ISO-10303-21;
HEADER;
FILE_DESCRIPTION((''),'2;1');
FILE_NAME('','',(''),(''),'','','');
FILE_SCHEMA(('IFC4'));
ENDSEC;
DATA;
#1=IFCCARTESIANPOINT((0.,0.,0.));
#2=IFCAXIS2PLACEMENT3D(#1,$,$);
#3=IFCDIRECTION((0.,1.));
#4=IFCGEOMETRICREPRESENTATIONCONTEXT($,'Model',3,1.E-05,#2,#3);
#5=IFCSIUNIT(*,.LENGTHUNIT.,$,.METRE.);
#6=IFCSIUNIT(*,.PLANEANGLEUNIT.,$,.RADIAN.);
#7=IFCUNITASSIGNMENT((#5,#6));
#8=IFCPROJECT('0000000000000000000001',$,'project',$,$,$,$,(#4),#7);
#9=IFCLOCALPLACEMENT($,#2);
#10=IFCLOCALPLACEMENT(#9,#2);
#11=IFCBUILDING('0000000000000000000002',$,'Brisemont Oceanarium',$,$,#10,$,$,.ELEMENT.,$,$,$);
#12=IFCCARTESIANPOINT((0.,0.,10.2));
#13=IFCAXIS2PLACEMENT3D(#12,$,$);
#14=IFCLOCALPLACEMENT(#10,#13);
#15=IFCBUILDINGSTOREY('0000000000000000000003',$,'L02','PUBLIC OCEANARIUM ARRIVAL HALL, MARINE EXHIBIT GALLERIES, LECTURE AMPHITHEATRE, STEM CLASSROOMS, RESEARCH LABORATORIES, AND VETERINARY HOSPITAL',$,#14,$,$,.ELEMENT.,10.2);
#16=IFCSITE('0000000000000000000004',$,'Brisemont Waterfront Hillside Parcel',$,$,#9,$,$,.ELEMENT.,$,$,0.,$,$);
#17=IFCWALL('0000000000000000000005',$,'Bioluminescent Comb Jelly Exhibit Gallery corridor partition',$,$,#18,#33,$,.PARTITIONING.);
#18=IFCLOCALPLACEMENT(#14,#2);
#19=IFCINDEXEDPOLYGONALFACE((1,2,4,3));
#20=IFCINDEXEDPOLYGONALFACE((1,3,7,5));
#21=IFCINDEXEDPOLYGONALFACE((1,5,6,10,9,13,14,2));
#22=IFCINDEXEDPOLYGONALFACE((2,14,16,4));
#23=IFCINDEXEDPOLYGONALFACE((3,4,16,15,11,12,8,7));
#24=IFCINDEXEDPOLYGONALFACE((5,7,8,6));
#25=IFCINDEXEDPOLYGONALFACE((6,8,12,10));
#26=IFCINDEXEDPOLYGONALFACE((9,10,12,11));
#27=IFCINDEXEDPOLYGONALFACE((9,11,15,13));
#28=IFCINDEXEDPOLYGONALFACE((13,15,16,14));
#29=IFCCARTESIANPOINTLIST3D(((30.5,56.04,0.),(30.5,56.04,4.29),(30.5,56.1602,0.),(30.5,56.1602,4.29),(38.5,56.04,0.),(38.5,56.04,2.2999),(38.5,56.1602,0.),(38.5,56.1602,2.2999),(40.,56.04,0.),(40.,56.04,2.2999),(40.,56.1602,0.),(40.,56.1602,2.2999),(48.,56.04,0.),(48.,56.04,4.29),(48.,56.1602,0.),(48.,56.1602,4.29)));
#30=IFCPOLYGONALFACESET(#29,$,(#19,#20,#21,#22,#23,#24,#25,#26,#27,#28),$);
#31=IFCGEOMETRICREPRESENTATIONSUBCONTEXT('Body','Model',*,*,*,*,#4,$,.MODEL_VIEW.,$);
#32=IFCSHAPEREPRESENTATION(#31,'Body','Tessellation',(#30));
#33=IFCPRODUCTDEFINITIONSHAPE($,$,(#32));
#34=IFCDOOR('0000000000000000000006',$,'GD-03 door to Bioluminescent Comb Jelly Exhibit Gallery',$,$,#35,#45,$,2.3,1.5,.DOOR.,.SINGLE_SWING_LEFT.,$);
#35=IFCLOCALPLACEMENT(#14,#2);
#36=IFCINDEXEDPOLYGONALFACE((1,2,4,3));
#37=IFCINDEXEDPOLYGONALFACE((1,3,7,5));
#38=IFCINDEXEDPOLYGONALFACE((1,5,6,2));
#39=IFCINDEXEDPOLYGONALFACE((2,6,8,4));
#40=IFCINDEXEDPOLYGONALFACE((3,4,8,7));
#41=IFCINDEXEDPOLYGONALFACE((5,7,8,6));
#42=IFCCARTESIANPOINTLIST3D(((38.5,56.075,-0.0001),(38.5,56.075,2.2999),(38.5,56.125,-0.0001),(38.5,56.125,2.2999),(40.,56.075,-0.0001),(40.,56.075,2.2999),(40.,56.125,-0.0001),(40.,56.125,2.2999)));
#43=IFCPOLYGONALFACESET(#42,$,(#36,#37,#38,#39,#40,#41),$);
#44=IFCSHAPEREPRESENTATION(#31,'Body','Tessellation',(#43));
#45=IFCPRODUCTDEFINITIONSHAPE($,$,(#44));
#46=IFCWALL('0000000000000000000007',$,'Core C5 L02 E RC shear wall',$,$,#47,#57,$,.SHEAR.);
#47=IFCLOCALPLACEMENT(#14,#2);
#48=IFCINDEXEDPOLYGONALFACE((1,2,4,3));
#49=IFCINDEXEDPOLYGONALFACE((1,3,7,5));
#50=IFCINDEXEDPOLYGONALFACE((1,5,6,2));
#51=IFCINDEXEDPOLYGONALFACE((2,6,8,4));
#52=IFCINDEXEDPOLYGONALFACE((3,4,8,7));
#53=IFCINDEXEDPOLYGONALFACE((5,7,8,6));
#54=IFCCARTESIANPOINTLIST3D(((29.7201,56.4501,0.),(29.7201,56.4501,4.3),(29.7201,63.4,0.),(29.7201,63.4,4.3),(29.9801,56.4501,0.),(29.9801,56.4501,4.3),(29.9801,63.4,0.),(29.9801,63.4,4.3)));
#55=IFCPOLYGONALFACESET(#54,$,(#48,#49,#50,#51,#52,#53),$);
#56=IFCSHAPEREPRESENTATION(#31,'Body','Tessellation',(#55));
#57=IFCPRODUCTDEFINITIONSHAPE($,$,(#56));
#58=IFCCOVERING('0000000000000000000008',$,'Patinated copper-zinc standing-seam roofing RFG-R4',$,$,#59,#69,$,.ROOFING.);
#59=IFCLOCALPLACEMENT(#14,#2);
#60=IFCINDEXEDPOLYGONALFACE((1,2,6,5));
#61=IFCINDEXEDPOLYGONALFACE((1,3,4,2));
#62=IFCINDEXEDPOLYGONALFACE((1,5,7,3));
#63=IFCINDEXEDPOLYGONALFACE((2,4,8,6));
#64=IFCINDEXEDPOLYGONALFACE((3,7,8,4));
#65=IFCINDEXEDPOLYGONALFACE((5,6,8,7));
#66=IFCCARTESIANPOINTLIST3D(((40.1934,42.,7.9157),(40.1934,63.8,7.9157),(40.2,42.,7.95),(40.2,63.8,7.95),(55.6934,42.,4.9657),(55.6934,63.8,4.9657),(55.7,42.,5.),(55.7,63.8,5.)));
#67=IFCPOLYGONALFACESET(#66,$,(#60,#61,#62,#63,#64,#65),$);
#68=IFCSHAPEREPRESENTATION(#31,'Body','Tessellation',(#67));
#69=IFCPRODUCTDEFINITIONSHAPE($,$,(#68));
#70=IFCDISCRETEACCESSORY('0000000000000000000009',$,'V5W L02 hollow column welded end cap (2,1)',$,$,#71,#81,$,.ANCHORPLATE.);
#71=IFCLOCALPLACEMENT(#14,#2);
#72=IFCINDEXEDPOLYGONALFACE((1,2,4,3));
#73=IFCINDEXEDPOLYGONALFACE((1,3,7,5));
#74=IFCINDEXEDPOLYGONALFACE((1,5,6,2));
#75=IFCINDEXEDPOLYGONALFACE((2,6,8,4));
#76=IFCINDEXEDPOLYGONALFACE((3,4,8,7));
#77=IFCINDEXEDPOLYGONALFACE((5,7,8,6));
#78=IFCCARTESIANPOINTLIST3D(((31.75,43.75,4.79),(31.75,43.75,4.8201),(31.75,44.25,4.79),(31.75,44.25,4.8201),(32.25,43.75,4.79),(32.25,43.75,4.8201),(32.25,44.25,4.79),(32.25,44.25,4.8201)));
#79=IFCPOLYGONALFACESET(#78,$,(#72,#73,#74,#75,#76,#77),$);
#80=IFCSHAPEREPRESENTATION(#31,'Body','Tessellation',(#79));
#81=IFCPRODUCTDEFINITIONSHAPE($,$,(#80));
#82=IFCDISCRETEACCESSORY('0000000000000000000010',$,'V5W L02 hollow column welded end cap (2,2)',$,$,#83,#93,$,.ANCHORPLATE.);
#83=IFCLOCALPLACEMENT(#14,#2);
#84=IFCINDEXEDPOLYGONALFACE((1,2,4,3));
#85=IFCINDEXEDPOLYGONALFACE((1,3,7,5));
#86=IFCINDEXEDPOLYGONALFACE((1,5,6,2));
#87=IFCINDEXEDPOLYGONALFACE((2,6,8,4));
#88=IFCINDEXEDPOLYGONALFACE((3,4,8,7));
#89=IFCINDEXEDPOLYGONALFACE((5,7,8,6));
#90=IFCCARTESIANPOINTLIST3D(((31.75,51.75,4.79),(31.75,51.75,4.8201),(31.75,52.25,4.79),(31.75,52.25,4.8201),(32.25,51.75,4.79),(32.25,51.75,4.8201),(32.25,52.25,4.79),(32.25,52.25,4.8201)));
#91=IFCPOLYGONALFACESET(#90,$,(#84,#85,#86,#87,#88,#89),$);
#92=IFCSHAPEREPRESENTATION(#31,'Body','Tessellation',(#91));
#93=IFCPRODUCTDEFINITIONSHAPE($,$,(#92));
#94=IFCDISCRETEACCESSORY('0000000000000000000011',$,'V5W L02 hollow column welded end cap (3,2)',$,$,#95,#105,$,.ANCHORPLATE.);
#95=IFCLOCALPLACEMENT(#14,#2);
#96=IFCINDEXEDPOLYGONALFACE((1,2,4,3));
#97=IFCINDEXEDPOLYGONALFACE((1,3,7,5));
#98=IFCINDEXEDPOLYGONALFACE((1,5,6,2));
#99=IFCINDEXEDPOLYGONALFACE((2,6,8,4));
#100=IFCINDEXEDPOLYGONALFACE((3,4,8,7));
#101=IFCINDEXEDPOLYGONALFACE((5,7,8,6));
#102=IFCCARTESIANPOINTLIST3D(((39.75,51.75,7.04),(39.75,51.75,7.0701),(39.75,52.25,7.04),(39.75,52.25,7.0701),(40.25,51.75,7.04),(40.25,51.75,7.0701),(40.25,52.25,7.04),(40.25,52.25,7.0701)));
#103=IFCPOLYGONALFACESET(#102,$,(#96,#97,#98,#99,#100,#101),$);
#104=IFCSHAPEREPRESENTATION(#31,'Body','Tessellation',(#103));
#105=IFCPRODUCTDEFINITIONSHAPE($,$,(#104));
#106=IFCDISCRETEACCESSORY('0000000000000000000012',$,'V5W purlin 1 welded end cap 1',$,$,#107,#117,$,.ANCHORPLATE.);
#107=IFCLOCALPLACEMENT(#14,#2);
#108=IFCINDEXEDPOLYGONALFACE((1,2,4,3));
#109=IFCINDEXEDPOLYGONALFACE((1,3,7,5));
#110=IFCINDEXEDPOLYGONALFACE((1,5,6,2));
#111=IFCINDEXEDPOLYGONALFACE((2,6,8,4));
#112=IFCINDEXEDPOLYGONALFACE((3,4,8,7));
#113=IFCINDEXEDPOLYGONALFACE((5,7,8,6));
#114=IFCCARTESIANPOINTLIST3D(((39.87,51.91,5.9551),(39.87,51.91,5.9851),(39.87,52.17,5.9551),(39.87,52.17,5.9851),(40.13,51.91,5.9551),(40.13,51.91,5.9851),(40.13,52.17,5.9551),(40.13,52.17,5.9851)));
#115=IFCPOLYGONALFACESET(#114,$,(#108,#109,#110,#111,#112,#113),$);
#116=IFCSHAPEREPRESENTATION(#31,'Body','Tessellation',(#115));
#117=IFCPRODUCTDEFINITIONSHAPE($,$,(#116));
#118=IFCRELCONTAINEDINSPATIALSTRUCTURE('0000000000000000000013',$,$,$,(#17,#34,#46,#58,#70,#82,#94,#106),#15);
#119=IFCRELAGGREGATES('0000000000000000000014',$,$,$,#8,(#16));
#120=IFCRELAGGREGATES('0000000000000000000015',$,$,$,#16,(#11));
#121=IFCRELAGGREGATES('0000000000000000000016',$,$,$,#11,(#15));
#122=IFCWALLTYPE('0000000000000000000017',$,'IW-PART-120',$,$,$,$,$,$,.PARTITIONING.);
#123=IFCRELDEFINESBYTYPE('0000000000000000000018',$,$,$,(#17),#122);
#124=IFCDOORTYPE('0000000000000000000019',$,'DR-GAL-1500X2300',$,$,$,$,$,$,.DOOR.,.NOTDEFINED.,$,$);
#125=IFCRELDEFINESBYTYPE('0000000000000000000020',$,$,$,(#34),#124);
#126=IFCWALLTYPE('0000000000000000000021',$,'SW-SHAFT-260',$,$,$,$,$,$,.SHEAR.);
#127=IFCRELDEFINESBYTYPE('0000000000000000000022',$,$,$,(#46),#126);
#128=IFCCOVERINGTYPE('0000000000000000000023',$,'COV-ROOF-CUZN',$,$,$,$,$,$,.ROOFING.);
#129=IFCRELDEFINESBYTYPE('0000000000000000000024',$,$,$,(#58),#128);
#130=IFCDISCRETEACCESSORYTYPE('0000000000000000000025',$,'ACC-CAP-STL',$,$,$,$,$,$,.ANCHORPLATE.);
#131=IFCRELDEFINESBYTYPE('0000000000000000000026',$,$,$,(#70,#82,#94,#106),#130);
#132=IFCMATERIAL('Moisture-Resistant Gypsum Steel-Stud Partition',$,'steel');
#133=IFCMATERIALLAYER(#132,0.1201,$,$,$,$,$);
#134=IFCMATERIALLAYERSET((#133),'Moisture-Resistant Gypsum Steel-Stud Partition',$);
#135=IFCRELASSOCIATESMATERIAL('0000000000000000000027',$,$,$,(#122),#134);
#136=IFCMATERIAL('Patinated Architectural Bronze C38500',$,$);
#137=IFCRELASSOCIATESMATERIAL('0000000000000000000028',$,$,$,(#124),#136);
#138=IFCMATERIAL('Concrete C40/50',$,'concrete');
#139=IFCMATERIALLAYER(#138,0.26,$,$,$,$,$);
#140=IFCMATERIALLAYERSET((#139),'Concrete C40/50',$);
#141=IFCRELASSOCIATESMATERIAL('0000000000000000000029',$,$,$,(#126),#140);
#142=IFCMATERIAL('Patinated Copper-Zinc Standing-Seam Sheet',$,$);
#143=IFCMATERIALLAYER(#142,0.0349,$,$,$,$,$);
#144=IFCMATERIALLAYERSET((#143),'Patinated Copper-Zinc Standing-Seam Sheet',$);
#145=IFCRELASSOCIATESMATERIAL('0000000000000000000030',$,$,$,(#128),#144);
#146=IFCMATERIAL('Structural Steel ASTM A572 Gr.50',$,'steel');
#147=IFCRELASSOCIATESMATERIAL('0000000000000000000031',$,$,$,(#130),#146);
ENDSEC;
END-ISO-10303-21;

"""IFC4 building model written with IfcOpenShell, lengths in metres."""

from ifc_helpers import new_model, si_unit, direction, frame, frame_2d, origin, origin_2d, place, context, subcontext, project, spatial, polyline, rectangle, outline, extrude, material, layer, layer_set, type_object, element, fill, save


model = new_model("IFC4")

# Units and contexts
model_context = context("Model", 3, precision=1e-05, world=origin(), true_north=direction((0.0, 1.0)))
body_context = subcontext(model_context, "Body", "Model", "MODEL_VIEW")
ifc_project = project(units=[si_unit("LENGTHUNIT", "METRE"), si_unit("PLANEANGLEUNIT", "RADIAN")], contexts=[model_context])

# Site, building, storey
site_placement = place(None, origin())
site = spatial("IfcSite", under=ifc_project, at=site_placement, Name="Brisemont Waterfront Hillside Parcel", CompositionType="ELEMENT", RefElevation=0.0)
building_placement = place(site_placement, origin())
building = spatial("IfcBuilding", under=site, at=building_placement, Name="Brisemont Oceanarium", CompositionType="ELEMENT")
storey_placement = place(building_placement, frame((0.0, 0.0, 10.2)))
storey = spatial("IfcBuildingStorey", under=building, at=storey_placement, Name="L02", Description="PUBLIC OCEANARIUM ARRIVAL HALL, MARINE EXHIBIT GALLERIES, LECTURE AMPHITHEATRE, STEM CLASSROOMS, RESEARCH LABORATORIES, AND VETERINARY HOSPITAL", CompositionType="ELEMENT", Elevation=10.2)

# Wall, opening, door
ifc_material_1 = material(Name="Moisture-Resistant Gypsum Steel-Stud Partition", Category="steel")
ifc_layer_1 = layer(ifc_material_1, 0.1201)
ifc_layer_set_1 = layer_set([ifc_layer_1], Name="Moisture-Resistant Gypsum Steel-Stud Partition")
wall_type_1 = type_object("IfcWallType", Name="IW-PART-120", PredefinedType="PARTITIONING", material=ifc_layer_set_1)
wall_1_placement = place(storey_placement, frame((30.5, 56.1001, 0.0), z_axis=(0.0, 0.0, 1.0), x_axis=(1.0, 0.0, 0.0)))
wall_1 = element("IfcWall", 1, at=wall_1_placement, inside=storey, type_object=wall_type_1, Name="Bioluminescent Comb Jelly Exhibit Gallery corridor partition", PredefinedType="PARTITIONING", context=body_context, shape_type="SweptSolid", body=[
    extrude(rectangle(XDim=17.5, YDim=0.1201, at=frame_2d((8.75, 0.0))), origin(), (0.0, 0.0, 1.0), 4.29),
])
opening_1_placement = place(wall_1_placement, frame((8.0, 0.0, 0.0)))
opening_1 = element("IfcOpeningElement", 2, at=opening_1_placement, cuts=wall_1, PredefinedType="OPENING", context=body_context, shape_type="SweptSolid", body=[
    extrude(rectangle(XDim=1.5, YDim=2.3, at=frame_2d((0.75, 1.1499))), frame((0.0, 0.0701, 0.0), z_axis=(0.0, -1.0, 0.0), x_axis=(1.0, 0.0, 0.0)), (0.0, 0.0, 1.0), 0.1401),
])
ifc_material_2 = material(Name="Patinated Architectural Bronze C38500")
door_type_1 = type_object("IfcDoorType", Name="DR-GAL-1500X2300", OperationType="NOTDEFINED", PredefinedType="DOOR", material=ifc_material_2)
door_1_placement = place(opening_1_placement, origin())
door_1 = element("IfcDoor", 3, at=door_1_placement, inside=storey, type_object=door_type_1, Name="GD-03 door to Bioluminescent Comb Jelly Exhibit Gallery", OperationType="SINGLE_SWING_LEFT", OverallHeight=2.3, OverallWidth=1.5, PredefinedType="DOOR", context=body_context, shape_type="SweptSolid", body=[
    extrude(rectangle(XDim=1.5, YDim=2.3, at=frame_2d((0.75, 1.1499))), frame((0.0, 0.0249, 0.0), z_axis=(0.0, -1.0, 0.0), x_axis=(1.0, 0.0, 0.0)), (0.0, 0.0, 1.0), 0.05),
])
fill(opening_1, door_1)

# Wall
ifc_material_3 = material(Name="Concrete C40/50", Category="concrete")
ifc_layer_2 = layer(ifc_material_3, 0.26)
ifc_layer_set_2 = layer_set([ifc_layer_2], Name="Concrete C40/50")
wall_type_2 = type_object("IfcWallType", Name="SW-SHAFT-260", PredefinedType="SHEAR", material=ifc_layer_set_2)
wall_2_placement = place(storey_placement, frame((29.8501, 56.45, 0.0), z_axis=(0.0, 0.0, 1.0), x_axis=(0.0, 1.0, 0.0)))
element("IfcWall", 4, at=wall_2_placement, inside=storey, type_object=wall_type_2, Name="Core C5 L02 E RC shear wall", PredefinedType="SHEAR", context=body_context, shape_type="SweptSolid", body=[
    extrude(rectangle(XDim=6.95, YDim=0.26, at=frame_2d((3.4751, 0.0))), origin(), (0.0, 0.0, 1.0), 4.3),
])

# Covering
ifc_material_4 = material(Name="Patinated Copper-Zinc Standing-Seam Sheet")
ifc_layer_3 = layer(ifc_material_4, 0.0349)
ifc_layer_set_3 = layer_set([ifc_layer_3], Name="Patinated Copper-Zinc Standing-Seam Sheet")
covering_type = type_object("IfcCoveringType", Name="COV-ROOF-CUZN", PredefinedType="ROOFING", material=ifc_layer_set_3)
covering_placement = place(storey_placement, frame((40.2, 42.0, 7.95), z_axis=(0.186964, 0.0, 0.982367), x_axis=(0.982367, 0.0, -0.186964)))
element("IfcCovering", 5, at=covering_placement, inside=storey, type_object=covering_type, Name="Patinated copper-zinc standing-seam roofing RFG-R4", PredefinedType="ROOFING", context=body_context, shape_type="SweptSolid", body=[
    extrude(outline(polyline([(0.0, 0.0), (15.7782, 0.0), (15.7782, 21.8), (0.0, 21.8), (0.0, 0.0)])), origin(), (0.0, 0.0, -1.0), 0.0349),
])

# Discrete accessories
ifc_material_5 = material(Name="Structural Steel ASTM A572 Gr.50", Category="steel")
discrete_accessory_type = type_object("IfcDiscreteAccessoryType", Name="ACC-CAP-STL", PredefinedType="ANCHORPLATE", material=ifc_material_5)
for number, where, z_axis, x_axis, name in (
    (6, (32.0, 44.0, 4.79), (0.0, 0.0, 1.0), (1.0, 0.0, 0.0), "V5W L02 hollow column welded end cap (2,1)"),
    (7, (32.0, 52.0, 4.79), (0.0, 0.0, 1.0), (1.0, 0.0, 0.0), "V5W L02 hollow column welded end cap (2,2)"),
    (8, (40.0, 52.0, 7.04), (0.0, 0.0, 1.0), (1.0, 0.0, 0.0), "V5W L02 hollow column welded end cap (3,2)"),
):
    element("IfcDiscreteAccessory", number, at=place(storey_placement, frame(where, z_axis=z_axis, x_axis=x_axis)), inside=storey, type_object=discrete_accessory_type, Name=name, PredefinedType="ANCHORPLATE", context=body_context, shape_type="SweptSolid", body=[
        extrude(rectangle(XDim=0.5, YDim=0.5, at=origin_2d()), origin(), (0.0, 0.0, 1.0), 0.03),
    ])
discrete_accessory_placement = place(storey_placement, frame((40.0, 52.04, 5.9551), z_axis=(0.0, 0.0, 1.0), x_axis=(1.0, 0.0, 0.0)))
element("IfcDiscreteAccessory", 9, at=discrete_accessory_placement, inside=storey, type_object=discrete_accessory_type, Name="V5W purlin 1 welded end cap 1", PredefinedType="ANCHORPLATE", context=body_context, shape_type="SweptSolid", body=[
    extrude(rectangle(XDim=0.26, YDim=0.26, at=origin_2d()), origin(), (0.0, 0.0, 1.0), 0.03),
])

save(model, "model.ifc")
